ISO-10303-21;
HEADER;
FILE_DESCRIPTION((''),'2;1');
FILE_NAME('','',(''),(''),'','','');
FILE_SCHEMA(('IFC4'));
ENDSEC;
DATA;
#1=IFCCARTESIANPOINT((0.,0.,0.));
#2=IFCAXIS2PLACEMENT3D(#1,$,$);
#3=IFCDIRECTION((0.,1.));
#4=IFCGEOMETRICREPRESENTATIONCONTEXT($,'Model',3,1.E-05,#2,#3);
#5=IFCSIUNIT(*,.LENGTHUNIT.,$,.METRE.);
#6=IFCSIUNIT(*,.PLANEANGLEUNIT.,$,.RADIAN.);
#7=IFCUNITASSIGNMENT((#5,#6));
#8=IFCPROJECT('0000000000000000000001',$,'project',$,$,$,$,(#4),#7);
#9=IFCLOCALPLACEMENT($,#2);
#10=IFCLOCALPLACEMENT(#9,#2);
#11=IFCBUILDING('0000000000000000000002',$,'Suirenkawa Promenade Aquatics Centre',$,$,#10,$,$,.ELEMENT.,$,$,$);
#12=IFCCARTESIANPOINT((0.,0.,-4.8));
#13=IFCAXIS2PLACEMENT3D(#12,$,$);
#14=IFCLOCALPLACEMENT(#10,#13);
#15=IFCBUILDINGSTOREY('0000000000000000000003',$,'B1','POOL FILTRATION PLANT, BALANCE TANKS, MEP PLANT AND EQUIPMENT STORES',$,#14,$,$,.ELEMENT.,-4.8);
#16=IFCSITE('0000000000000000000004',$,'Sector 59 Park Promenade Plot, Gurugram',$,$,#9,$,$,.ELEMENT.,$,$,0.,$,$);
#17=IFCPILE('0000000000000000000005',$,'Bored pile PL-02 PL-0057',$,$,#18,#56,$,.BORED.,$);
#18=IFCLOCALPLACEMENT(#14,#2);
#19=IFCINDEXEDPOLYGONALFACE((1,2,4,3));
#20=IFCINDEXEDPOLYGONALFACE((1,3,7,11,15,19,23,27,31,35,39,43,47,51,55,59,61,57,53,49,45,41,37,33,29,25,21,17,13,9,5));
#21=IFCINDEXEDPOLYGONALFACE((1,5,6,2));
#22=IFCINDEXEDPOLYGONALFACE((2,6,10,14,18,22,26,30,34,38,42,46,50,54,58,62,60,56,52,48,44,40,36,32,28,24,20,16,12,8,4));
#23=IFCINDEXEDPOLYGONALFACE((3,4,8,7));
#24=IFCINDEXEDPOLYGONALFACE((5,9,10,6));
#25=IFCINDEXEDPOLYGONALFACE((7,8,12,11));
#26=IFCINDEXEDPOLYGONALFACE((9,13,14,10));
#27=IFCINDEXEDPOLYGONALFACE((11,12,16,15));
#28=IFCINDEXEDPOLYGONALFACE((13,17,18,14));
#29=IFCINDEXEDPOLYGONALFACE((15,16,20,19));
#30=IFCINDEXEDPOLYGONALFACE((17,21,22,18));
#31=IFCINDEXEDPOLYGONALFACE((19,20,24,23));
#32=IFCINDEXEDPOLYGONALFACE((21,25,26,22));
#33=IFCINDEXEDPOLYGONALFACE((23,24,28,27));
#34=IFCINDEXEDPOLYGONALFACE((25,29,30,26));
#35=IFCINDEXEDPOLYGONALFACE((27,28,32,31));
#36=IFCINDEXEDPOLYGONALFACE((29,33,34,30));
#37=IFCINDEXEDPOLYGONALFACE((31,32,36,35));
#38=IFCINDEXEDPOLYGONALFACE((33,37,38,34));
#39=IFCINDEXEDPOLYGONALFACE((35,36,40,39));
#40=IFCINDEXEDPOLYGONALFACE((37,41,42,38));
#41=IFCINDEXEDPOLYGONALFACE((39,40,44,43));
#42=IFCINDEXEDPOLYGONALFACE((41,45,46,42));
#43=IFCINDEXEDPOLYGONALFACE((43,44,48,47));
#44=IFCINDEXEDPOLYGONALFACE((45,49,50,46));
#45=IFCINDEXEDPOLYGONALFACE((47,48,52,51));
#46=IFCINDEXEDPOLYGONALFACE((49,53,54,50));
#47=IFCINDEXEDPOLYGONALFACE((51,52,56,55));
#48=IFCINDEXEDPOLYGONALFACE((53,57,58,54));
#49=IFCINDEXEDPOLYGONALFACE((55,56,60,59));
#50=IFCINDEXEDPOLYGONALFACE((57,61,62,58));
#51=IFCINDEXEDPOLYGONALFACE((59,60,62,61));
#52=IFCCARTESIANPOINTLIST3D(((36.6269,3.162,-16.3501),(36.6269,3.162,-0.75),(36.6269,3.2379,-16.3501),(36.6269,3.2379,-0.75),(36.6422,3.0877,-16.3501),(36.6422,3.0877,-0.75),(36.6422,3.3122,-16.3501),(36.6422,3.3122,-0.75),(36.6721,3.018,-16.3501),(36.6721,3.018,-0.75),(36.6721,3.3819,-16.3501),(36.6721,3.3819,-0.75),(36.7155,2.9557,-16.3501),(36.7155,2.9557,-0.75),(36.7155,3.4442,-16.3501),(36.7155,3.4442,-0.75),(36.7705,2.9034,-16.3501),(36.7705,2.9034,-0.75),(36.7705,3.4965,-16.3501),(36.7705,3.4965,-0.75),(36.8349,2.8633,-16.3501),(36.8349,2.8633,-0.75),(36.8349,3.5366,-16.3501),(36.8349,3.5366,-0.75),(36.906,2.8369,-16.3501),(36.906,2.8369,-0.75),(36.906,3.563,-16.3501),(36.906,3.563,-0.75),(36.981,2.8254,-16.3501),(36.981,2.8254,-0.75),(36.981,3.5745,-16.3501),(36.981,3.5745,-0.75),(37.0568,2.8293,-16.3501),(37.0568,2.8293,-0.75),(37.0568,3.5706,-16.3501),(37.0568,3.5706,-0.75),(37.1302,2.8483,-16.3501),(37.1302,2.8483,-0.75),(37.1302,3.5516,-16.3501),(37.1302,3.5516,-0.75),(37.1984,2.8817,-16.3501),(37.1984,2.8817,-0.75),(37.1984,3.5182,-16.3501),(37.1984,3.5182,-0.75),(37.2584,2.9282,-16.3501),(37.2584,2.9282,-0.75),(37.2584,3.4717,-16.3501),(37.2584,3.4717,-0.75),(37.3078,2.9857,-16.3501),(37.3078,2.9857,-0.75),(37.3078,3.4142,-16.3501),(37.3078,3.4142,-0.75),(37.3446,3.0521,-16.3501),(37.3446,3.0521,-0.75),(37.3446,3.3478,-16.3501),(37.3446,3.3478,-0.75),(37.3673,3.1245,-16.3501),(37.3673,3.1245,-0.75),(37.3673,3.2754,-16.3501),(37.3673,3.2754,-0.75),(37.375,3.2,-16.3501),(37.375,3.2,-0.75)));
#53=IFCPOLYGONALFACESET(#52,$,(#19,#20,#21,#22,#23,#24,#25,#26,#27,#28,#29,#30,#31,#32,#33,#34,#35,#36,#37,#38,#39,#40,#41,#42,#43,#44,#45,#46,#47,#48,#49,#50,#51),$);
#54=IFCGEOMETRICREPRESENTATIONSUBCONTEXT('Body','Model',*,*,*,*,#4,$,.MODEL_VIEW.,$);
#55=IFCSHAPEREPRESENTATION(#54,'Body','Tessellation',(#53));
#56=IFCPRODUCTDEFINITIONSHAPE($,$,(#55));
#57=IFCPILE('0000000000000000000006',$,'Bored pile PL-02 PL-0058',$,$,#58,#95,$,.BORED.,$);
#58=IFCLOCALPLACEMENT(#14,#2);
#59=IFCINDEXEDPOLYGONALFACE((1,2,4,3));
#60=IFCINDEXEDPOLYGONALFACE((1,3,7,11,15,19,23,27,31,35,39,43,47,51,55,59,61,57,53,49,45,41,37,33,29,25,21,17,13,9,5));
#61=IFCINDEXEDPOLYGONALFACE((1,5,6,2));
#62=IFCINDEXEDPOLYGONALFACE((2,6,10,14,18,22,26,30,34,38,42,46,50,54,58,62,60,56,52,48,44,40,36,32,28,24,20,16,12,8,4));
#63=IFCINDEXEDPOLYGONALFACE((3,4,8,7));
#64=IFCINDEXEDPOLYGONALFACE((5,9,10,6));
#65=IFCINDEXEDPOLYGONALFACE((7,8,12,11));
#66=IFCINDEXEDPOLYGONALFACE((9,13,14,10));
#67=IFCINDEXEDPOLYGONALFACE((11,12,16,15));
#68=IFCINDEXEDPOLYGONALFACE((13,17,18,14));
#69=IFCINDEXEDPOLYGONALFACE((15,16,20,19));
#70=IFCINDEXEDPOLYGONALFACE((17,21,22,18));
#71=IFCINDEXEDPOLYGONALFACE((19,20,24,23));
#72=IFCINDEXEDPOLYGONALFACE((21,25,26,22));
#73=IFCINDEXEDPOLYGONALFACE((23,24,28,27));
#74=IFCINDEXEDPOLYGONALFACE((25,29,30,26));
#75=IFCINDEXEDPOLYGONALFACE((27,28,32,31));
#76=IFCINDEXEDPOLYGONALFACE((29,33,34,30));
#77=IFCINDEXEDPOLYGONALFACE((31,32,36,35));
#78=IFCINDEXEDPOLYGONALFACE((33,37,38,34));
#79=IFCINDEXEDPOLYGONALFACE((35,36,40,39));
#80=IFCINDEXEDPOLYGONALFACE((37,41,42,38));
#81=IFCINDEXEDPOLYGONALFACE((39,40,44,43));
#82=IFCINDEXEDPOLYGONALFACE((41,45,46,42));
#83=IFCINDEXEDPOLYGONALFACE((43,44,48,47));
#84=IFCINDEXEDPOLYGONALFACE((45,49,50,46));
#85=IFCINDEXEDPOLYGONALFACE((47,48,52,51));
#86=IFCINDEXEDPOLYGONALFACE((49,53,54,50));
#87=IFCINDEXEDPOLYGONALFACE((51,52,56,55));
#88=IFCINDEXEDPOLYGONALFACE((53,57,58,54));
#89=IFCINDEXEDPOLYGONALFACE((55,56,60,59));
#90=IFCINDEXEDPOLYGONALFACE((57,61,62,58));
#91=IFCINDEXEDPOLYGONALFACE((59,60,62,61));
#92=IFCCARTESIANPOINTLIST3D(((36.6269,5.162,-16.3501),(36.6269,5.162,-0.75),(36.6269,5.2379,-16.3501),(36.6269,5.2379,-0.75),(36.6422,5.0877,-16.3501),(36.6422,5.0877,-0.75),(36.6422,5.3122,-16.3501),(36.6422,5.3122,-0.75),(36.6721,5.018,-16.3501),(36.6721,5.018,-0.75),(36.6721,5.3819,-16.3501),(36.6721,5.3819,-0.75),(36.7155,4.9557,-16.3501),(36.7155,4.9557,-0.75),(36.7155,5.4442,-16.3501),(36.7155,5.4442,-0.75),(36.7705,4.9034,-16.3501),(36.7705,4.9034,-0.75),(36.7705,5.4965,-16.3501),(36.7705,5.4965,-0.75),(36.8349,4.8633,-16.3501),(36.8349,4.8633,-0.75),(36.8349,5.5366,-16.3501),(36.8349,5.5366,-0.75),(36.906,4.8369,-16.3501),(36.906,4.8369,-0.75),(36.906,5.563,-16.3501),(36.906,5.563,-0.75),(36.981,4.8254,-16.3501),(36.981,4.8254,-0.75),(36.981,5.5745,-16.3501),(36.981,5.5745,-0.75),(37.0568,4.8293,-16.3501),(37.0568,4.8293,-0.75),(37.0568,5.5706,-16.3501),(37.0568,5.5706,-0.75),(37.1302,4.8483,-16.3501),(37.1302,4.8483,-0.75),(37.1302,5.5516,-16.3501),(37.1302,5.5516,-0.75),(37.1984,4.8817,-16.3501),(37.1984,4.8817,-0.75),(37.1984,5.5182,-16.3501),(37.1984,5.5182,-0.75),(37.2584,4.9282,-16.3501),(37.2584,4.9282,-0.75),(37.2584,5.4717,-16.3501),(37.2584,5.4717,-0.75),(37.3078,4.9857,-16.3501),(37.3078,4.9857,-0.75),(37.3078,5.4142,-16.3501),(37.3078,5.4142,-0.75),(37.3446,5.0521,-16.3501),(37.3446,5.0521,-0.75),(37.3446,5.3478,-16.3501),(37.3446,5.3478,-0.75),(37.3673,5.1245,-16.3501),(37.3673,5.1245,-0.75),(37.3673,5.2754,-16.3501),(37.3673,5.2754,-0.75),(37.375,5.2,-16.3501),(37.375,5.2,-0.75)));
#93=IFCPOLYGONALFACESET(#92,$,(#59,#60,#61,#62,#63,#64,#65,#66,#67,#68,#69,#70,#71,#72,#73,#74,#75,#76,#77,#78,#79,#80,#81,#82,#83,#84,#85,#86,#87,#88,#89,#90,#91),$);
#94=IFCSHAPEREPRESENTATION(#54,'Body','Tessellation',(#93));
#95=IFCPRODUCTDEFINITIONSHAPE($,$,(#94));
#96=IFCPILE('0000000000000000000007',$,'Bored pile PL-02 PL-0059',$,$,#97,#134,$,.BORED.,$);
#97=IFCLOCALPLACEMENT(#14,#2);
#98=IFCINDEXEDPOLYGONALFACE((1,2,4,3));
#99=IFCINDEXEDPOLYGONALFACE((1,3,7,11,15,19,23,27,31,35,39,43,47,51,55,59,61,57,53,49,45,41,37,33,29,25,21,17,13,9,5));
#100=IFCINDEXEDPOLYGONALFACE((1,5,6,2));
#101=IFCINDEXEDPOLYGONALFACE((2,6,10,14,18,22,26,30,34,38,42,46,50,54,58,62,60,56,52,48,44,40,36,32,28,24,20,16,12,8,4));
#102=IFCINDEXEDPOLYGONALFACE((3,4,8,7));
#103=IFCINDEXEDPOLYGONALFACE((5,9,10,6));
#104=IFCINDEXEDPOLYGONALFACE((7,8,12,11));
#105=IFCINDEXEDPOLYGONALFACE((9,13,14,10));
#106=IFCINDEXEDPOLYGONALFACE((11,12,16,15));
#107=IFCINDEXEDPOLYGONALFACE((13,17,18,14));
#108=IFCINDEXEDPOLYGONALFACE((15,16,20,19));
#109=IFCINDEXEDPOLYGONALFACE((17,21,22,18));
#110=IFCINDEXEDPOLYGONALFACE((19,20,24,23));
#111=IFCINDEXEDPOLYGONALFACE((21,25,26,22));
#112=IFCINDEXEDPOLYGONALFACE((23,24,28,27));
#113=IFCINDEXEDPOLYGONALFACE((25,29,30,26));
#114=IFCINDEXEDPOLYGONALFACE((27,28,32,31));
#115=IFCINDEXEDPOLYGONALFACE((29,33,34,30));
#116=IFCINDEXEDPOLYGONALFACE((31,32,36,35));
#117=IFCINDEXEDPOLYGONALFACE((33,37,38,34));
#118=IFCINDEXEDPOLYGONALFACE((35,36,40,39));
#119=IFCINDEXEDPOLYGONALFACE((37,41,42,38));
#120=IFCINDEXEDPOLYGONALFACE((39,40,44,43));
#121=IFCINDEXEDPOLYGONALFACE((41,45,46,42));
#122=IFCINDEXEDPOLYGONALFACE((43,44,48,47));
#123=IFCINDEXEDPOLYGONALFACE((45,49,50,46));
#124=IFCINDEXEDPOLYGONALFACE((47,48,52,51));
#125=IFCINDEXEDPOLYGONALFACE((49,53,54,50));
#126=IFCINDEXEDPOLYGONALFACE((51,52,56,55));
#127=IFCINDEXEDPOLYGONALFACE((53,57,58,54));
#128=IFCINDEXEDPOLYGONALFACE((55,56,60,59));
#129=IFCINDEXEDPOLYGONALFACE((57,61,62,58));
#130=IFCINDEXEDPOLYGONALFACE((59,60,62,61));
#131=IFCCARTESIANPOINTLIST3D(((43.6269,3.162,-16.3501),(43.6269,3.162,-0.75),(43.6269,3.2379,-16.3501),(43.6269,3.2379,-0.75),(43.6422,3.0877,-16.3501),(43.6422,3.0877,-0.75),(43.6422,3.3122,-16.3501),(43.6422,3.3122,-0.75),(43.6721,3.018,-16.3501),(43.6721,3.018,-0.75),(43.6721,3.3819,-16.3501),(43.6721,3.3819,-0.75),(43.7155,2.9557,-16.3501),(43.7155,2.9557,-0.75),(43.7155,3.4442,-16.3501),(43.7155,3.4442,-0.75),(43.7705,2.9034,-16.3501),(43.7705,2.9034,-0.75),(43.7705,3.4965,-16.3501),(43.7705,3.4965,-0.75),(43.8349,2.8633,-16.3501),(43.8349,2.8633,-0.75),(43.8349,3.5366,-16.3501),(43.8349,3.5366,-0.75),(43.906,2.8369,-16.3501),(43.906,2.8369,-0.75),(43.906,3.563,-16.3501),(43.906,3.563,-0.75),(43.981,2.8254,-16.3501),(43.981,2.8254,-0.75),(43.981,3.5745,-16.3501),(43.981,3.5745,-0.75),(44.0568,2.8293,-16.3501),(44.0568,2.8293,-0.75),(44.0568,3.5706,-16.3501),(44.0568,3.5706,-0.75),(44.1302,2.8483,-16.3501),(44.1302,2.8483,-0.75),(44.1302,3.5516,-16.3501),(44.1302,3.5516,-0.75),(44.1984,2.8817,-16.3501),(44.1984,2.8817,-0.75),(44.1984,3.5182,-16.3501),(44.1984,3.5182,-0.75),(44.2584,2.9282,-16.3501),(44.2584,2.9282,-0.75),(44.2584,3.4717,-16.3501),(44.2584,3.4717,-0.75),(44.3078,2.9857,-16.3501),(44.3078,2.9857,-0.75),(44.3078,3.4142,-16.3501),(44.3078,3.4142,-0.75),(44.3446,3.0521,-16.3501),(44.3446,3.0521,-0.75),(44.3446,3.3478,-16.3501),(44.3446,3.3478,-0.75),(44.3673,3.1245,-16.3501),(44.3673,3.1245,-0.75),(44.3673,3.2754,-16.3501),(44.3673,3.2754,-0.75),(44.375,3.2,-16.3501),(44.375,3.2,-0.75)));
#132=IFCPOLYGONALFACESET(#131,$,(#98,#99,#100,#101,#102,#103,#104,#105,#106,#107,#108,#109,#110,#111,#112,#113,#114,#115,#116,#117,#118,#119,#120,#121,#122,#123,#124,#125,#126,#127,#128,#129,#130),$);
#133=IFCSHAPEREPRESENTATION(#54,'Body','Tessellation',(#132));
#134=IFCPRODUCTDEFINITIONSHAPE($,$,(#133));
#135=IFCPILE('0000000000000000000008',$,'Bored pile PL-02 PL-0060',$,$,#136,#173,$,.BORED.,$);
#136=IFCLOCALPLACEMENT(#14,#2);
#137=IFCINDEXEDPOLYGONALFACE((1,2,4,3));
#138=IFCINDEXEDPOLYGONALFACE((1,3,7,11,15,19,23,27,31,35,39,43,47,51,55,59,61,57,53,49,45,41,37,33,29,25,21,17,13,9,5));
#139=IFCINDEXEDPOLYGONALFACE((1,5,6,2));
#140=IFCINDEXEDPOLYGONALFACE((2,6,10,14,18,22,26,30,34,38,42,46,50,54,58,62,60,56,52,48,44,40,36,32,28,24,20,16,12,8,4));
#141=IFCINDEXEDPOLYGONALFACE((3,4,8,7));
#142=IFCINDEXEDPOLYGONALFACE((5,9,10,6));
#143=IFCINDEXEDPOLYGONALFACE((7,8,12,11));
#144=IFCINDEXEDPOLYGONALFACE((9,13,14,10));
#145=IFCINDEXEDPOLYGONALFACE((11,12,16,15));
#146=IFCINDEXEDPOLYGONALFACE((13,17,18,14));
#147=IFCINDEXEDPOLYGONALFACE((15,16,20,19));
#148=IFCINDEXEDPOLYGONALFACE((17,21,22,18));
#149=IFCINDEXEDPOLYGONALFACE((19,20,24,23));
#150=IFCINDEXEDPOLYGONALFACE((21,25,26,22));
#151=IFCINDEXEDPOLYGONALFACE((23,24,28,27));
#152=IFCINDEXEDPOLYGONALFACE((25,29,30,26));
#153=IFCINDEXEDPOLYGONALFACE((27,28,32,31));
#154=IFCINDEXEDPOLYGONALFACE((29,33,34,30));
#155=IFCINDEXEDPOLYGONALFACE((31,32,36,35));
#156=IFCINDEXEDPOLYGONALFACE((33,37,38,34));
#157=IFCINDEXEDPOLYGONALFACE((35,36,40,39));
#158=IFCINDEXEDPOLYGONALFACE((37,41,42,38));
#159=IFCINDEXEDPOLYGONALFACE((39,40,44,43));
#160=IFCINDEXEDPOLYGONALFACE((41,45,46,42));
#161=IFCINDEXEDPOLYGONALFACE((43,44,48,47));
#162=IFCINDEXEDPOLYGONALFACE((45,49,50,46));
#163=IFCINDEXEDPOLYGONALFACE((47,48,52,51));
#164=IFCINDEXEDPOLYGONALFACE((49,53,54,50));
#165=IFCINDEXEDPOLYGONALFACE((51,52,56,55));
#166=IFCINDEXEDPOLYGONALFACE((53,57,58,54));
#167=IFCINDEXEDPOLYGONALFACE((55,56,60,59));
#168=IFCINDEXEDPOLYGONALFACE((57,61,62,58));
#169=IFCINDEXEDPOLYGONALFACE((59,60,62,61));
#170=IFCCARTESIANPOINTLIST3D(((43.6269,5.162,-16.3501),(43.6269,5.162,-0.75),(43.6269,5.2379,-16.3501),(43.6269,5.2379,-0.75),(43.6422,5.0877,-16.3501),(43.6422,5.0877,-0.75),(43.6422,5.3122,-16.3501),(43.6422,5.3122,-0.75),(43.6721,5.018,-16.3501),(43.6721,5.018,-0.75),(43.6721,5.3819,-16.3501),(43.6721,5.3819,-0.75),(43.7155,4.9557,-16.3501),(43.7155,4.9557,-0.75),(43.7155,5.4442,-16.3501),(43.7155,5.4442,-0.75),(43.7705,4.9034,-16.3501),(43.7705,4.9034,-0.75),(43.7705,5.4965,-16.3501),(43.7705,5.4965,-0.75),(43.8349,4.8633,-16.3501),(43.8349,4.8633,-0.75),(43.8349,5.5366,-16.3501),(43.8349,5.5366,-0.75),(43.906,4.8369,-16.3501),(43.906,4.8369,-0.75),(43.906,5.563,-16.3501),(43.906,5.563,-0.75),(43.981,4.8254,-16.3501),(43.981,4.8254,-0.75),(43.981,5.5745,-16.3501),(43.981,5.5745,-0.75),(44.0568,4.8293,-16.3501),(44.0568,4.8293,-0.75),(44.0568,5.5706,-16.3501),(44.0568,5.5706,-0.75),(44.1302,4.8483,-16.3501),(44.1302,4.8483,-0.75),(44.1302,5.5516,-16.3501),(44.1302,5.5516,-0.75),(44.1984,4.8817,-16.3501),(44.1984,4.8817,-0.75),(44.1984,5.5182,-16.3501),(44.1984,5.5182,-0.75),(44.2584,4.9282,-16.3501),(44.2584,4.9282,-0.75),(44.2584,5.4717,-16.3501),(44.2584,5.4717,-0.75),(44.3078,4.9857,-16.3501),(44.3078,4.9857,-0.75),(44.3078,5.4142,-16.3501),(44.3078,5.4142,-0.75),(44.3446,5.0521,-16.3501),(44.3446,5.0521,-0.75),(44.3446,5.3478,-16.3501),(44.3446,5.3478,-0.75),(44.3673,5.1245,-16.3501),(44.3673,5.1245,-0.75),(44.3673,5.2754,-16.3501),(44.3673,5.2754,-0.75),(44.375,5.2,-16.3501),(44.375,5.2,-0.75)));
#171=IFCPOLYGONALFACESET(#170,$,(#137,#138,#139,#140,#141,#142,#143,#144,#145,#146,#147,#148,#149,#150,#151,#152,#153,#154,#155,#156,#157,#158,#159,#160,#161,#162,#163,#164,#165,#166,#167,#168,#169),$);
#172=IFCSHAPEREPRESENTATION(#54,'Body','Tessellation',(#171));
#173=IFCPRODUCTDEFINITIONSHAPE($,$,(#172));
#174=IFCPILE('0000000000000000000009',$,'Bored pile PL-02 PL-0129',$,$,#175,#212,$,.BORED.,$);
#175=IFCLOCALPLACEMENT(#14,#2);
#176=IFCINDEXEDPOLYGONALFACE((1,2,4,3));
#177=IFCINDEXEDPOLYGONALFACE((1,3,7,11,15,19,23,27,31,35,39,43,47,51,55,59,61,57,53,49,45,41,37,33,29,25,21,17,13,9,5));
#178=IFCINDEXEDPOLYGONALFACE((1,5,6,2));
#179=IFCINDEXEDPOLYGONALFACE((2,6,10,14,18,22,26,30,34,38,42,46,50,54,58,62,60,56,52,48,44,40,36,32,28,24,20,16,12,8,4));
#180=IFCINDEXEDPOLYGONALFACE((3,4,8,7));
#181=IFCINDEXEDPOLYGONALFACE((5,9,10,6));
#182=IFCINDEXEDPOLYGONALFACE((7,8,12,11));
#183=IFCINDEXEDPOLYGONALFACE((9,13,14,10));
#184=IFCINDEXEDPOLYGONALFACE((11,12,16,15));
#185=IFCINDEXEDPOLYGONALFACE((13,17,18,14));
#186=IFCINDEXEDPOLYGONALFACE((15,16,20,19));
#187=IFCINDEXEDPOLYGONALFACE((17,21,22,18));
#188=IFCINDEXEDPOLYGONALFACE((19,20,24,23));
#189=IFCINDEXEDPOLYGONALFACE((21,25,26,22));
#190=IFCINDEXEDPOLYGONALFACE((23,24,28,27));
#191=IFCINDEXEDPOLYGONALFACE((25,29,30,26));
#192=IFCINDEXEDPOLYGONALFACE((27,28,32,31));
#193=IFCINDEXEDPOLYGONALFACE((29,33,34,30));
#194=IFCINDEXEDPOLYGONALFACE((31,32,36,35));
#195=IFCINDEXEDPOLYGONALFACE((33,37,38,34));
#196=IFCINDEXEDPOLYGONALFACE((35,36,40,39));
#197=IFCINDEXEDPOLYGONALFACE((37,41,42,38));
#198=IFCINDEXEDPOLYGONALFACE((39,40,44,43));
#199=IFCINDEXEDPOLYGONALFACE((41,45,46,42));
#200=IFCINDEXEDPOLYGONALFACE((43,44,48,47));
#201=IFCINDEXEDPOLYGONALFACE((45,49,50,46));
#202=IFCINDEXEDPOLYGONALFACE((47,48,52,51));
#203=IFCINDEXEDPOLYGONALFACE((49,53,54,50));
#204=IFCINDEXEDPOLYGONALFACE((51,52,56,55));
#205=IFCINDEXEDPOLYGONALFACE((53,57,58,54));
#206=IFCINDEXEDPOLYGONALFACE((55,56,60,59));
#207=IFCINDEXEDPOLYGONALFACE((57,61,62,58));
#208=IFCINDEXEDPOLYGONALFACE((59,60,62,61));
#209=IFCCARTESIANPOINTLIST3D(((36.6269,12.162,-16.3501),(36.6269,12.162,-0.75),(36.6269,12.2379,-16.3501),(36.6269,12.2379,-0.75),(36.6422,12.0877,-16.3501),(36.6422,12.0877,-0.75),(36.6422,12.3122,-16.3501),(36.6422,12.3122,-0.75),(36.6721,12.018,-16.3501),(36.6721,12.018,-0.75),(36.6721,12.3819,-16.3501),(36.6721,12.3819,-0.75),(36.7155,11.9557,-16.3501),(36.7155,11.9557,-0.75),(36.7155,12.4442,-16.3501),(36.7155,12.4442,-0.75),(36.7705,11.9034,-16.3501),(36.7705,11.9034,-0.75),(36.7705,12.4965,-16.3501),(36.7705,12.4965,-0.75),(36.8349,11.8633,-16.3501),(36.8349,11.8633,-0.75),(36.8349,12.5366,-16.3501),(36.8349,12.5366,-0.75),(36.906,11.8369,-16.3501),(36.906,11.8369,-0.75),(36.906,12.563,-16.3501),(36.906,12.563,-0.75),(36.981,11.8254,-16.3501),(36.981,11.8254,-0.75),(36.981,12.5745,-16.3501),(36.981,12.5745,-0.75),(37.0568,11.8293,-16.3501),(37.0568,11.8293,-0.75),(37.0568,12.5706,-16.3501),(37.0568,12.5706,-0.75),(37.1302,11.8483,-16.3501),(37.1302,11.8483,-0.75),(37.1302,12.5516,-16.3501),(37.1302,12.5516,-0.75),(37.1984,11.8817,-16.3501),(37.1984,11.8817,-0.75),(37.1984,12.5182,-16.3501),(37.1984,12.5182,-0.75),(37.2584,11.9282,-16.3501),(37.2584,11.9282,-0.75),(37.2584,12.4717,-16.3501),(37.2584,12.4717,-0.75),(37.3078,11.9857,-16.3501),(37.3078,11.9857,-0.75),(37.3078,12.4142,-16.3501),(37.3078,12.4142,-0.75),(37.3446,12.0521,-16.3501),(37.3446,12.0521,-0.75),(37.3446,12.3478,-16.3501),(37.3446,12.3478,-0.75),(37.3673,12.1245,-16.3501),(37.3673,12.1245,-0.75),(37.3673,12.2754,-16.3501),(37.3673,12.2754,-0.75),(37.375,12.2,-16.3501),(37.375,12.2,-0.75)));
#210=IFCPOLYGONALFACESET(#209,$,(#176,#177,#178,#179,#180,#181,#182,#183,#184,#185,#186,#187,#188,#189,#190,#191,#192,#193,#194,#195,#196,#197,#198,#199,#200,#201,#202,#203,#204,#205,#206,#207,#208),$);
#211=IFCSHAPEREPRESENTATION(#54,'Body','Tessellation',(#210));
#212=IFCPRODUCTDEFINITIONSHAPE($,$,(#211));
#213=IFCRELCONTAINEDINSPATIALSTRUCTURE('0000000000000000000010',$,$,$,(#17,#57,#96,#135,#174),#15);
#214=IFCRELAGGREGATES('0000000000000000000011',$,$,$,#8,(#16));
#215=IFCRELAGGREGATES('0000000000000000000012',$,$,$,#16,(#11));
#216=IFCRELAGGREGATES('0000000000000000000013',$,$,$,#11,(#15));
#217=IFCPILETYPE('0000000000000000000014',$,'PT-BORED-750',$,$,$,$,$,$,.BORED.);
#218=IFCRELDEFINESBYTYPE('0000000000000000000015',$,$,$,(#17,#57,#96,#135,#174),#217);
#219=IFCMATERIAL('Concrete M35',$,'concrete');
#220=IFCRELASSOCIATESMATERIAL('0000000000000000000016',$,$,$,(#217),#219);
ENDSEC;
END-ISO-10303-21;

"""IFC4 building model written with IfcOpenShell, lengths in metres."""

from ifc_helpers import new_model, si_unit, direction, frame, origin, origin_2d, place, context, subcontext, project, spatial, circle, extrude, material, material_profile, profile_set, type_object, element, save


model = new_model("IFC4")

# Units and contexts
model_context = context("Model", 3, precision=1e-05, world=origin(), true_north=direction((0.0, 1.0)))
body_context = subcontext(model_context, "Body", "Model", "MODEL_VIEW")
ifc_project = project(units=[si_unit("LENGTHUNIT", "METRE"), si_unit("PLANEANGLEUNIT", "RADIAN")], contexts=[model_context])

# Site, building, storey
site_placement = place(None, origin())
site = spatial("IfcSite", under=ifc_project, at=site_placement, Name="Sector 59 Park Promenade Plot, Gurugram", CompositionType="ELEMENT", RefElevation=0.0)
building_placement = place(site_placement, origin())
building = spatial("IfcBuilding", under=site, at=building_placement, Name="Suirenkawa Promenade Aquatics Centre", CompositionType="ELEMENT")
storey_placement = place(building_placement, frame((0.0, 0.0, -4.8)))
storey = spatial("IfcBuildingStorey", under=building, at=storey_placement, Name="B1", Description="POOL FILTRATION PLANT, BALANCE TANKS, MEP PLANT AND EQUIPMENT STORES", CompositionType="ELEMENT", Elevation=-4.8)

# Shared definitions
ifc_material_1 = material(Name="Concrete M35", Category="concrete")

# Piles
ifc_material_profile_1 = material_profile(ifc_material_1, circle(Radius=0.375, at=origin_2d()), Name="PILE D750", Category="concrete")
ifc_profile_set_1 = profile_set([ifc_material_profile_1], Name="Concrete M35")
pile_type_1 = type_object("IfcPileType", Name="PT-BORED-750", PredefinedType="BORED", material=ifc_profile_set_1)
for number, where, z_axis, x_axis, name in (
    (1, (37.0, 3.2, -0.75), (0.0, 0.0, -1.0), (1.0, 0.0, 0.0), "Bored pile PL-02 PL-0057"),
    (2, (37.0, 5.2, -0.75), (0.0, 0.0, -1.0), (1.0, 0.0, 0.0), "Bored pile PL-02 PL-0058"),
    (3, (44.0, 3.2, -0.75), (0.0, 0.0, -1.0), (1.0, 0.0, 0.0), "Bored pile PL-02 PL-0059"),
    (4, (44.0, 5.2, -0.75), (0.0, 0.0, -1.0), (1.0, 0.0, 0.0), "Bored pile PL-02 PL-0060"),
    (5, (37.0, 12.2, -0.75), (0.0, 0.0, -1.0), (1.0, 0.0, 0.0), "Bored pile PL-02 PL-0129"),
):
    element("IfcPile", number, at=place(storey_placement, frame(where, z_axis=z_axis, x_axis=x_axis)), inside=storey, type_object=pile_type_1, Name=name, PredefinedType="BORED", context=body_context, shape_type="SweptSolid", body=[
        extrude(circle(Radius=0.375, at=origin_2d()), origin(), (0.0, 0.0, 1.0), 15.6001),
    ])

save(model, "model.ifc")
